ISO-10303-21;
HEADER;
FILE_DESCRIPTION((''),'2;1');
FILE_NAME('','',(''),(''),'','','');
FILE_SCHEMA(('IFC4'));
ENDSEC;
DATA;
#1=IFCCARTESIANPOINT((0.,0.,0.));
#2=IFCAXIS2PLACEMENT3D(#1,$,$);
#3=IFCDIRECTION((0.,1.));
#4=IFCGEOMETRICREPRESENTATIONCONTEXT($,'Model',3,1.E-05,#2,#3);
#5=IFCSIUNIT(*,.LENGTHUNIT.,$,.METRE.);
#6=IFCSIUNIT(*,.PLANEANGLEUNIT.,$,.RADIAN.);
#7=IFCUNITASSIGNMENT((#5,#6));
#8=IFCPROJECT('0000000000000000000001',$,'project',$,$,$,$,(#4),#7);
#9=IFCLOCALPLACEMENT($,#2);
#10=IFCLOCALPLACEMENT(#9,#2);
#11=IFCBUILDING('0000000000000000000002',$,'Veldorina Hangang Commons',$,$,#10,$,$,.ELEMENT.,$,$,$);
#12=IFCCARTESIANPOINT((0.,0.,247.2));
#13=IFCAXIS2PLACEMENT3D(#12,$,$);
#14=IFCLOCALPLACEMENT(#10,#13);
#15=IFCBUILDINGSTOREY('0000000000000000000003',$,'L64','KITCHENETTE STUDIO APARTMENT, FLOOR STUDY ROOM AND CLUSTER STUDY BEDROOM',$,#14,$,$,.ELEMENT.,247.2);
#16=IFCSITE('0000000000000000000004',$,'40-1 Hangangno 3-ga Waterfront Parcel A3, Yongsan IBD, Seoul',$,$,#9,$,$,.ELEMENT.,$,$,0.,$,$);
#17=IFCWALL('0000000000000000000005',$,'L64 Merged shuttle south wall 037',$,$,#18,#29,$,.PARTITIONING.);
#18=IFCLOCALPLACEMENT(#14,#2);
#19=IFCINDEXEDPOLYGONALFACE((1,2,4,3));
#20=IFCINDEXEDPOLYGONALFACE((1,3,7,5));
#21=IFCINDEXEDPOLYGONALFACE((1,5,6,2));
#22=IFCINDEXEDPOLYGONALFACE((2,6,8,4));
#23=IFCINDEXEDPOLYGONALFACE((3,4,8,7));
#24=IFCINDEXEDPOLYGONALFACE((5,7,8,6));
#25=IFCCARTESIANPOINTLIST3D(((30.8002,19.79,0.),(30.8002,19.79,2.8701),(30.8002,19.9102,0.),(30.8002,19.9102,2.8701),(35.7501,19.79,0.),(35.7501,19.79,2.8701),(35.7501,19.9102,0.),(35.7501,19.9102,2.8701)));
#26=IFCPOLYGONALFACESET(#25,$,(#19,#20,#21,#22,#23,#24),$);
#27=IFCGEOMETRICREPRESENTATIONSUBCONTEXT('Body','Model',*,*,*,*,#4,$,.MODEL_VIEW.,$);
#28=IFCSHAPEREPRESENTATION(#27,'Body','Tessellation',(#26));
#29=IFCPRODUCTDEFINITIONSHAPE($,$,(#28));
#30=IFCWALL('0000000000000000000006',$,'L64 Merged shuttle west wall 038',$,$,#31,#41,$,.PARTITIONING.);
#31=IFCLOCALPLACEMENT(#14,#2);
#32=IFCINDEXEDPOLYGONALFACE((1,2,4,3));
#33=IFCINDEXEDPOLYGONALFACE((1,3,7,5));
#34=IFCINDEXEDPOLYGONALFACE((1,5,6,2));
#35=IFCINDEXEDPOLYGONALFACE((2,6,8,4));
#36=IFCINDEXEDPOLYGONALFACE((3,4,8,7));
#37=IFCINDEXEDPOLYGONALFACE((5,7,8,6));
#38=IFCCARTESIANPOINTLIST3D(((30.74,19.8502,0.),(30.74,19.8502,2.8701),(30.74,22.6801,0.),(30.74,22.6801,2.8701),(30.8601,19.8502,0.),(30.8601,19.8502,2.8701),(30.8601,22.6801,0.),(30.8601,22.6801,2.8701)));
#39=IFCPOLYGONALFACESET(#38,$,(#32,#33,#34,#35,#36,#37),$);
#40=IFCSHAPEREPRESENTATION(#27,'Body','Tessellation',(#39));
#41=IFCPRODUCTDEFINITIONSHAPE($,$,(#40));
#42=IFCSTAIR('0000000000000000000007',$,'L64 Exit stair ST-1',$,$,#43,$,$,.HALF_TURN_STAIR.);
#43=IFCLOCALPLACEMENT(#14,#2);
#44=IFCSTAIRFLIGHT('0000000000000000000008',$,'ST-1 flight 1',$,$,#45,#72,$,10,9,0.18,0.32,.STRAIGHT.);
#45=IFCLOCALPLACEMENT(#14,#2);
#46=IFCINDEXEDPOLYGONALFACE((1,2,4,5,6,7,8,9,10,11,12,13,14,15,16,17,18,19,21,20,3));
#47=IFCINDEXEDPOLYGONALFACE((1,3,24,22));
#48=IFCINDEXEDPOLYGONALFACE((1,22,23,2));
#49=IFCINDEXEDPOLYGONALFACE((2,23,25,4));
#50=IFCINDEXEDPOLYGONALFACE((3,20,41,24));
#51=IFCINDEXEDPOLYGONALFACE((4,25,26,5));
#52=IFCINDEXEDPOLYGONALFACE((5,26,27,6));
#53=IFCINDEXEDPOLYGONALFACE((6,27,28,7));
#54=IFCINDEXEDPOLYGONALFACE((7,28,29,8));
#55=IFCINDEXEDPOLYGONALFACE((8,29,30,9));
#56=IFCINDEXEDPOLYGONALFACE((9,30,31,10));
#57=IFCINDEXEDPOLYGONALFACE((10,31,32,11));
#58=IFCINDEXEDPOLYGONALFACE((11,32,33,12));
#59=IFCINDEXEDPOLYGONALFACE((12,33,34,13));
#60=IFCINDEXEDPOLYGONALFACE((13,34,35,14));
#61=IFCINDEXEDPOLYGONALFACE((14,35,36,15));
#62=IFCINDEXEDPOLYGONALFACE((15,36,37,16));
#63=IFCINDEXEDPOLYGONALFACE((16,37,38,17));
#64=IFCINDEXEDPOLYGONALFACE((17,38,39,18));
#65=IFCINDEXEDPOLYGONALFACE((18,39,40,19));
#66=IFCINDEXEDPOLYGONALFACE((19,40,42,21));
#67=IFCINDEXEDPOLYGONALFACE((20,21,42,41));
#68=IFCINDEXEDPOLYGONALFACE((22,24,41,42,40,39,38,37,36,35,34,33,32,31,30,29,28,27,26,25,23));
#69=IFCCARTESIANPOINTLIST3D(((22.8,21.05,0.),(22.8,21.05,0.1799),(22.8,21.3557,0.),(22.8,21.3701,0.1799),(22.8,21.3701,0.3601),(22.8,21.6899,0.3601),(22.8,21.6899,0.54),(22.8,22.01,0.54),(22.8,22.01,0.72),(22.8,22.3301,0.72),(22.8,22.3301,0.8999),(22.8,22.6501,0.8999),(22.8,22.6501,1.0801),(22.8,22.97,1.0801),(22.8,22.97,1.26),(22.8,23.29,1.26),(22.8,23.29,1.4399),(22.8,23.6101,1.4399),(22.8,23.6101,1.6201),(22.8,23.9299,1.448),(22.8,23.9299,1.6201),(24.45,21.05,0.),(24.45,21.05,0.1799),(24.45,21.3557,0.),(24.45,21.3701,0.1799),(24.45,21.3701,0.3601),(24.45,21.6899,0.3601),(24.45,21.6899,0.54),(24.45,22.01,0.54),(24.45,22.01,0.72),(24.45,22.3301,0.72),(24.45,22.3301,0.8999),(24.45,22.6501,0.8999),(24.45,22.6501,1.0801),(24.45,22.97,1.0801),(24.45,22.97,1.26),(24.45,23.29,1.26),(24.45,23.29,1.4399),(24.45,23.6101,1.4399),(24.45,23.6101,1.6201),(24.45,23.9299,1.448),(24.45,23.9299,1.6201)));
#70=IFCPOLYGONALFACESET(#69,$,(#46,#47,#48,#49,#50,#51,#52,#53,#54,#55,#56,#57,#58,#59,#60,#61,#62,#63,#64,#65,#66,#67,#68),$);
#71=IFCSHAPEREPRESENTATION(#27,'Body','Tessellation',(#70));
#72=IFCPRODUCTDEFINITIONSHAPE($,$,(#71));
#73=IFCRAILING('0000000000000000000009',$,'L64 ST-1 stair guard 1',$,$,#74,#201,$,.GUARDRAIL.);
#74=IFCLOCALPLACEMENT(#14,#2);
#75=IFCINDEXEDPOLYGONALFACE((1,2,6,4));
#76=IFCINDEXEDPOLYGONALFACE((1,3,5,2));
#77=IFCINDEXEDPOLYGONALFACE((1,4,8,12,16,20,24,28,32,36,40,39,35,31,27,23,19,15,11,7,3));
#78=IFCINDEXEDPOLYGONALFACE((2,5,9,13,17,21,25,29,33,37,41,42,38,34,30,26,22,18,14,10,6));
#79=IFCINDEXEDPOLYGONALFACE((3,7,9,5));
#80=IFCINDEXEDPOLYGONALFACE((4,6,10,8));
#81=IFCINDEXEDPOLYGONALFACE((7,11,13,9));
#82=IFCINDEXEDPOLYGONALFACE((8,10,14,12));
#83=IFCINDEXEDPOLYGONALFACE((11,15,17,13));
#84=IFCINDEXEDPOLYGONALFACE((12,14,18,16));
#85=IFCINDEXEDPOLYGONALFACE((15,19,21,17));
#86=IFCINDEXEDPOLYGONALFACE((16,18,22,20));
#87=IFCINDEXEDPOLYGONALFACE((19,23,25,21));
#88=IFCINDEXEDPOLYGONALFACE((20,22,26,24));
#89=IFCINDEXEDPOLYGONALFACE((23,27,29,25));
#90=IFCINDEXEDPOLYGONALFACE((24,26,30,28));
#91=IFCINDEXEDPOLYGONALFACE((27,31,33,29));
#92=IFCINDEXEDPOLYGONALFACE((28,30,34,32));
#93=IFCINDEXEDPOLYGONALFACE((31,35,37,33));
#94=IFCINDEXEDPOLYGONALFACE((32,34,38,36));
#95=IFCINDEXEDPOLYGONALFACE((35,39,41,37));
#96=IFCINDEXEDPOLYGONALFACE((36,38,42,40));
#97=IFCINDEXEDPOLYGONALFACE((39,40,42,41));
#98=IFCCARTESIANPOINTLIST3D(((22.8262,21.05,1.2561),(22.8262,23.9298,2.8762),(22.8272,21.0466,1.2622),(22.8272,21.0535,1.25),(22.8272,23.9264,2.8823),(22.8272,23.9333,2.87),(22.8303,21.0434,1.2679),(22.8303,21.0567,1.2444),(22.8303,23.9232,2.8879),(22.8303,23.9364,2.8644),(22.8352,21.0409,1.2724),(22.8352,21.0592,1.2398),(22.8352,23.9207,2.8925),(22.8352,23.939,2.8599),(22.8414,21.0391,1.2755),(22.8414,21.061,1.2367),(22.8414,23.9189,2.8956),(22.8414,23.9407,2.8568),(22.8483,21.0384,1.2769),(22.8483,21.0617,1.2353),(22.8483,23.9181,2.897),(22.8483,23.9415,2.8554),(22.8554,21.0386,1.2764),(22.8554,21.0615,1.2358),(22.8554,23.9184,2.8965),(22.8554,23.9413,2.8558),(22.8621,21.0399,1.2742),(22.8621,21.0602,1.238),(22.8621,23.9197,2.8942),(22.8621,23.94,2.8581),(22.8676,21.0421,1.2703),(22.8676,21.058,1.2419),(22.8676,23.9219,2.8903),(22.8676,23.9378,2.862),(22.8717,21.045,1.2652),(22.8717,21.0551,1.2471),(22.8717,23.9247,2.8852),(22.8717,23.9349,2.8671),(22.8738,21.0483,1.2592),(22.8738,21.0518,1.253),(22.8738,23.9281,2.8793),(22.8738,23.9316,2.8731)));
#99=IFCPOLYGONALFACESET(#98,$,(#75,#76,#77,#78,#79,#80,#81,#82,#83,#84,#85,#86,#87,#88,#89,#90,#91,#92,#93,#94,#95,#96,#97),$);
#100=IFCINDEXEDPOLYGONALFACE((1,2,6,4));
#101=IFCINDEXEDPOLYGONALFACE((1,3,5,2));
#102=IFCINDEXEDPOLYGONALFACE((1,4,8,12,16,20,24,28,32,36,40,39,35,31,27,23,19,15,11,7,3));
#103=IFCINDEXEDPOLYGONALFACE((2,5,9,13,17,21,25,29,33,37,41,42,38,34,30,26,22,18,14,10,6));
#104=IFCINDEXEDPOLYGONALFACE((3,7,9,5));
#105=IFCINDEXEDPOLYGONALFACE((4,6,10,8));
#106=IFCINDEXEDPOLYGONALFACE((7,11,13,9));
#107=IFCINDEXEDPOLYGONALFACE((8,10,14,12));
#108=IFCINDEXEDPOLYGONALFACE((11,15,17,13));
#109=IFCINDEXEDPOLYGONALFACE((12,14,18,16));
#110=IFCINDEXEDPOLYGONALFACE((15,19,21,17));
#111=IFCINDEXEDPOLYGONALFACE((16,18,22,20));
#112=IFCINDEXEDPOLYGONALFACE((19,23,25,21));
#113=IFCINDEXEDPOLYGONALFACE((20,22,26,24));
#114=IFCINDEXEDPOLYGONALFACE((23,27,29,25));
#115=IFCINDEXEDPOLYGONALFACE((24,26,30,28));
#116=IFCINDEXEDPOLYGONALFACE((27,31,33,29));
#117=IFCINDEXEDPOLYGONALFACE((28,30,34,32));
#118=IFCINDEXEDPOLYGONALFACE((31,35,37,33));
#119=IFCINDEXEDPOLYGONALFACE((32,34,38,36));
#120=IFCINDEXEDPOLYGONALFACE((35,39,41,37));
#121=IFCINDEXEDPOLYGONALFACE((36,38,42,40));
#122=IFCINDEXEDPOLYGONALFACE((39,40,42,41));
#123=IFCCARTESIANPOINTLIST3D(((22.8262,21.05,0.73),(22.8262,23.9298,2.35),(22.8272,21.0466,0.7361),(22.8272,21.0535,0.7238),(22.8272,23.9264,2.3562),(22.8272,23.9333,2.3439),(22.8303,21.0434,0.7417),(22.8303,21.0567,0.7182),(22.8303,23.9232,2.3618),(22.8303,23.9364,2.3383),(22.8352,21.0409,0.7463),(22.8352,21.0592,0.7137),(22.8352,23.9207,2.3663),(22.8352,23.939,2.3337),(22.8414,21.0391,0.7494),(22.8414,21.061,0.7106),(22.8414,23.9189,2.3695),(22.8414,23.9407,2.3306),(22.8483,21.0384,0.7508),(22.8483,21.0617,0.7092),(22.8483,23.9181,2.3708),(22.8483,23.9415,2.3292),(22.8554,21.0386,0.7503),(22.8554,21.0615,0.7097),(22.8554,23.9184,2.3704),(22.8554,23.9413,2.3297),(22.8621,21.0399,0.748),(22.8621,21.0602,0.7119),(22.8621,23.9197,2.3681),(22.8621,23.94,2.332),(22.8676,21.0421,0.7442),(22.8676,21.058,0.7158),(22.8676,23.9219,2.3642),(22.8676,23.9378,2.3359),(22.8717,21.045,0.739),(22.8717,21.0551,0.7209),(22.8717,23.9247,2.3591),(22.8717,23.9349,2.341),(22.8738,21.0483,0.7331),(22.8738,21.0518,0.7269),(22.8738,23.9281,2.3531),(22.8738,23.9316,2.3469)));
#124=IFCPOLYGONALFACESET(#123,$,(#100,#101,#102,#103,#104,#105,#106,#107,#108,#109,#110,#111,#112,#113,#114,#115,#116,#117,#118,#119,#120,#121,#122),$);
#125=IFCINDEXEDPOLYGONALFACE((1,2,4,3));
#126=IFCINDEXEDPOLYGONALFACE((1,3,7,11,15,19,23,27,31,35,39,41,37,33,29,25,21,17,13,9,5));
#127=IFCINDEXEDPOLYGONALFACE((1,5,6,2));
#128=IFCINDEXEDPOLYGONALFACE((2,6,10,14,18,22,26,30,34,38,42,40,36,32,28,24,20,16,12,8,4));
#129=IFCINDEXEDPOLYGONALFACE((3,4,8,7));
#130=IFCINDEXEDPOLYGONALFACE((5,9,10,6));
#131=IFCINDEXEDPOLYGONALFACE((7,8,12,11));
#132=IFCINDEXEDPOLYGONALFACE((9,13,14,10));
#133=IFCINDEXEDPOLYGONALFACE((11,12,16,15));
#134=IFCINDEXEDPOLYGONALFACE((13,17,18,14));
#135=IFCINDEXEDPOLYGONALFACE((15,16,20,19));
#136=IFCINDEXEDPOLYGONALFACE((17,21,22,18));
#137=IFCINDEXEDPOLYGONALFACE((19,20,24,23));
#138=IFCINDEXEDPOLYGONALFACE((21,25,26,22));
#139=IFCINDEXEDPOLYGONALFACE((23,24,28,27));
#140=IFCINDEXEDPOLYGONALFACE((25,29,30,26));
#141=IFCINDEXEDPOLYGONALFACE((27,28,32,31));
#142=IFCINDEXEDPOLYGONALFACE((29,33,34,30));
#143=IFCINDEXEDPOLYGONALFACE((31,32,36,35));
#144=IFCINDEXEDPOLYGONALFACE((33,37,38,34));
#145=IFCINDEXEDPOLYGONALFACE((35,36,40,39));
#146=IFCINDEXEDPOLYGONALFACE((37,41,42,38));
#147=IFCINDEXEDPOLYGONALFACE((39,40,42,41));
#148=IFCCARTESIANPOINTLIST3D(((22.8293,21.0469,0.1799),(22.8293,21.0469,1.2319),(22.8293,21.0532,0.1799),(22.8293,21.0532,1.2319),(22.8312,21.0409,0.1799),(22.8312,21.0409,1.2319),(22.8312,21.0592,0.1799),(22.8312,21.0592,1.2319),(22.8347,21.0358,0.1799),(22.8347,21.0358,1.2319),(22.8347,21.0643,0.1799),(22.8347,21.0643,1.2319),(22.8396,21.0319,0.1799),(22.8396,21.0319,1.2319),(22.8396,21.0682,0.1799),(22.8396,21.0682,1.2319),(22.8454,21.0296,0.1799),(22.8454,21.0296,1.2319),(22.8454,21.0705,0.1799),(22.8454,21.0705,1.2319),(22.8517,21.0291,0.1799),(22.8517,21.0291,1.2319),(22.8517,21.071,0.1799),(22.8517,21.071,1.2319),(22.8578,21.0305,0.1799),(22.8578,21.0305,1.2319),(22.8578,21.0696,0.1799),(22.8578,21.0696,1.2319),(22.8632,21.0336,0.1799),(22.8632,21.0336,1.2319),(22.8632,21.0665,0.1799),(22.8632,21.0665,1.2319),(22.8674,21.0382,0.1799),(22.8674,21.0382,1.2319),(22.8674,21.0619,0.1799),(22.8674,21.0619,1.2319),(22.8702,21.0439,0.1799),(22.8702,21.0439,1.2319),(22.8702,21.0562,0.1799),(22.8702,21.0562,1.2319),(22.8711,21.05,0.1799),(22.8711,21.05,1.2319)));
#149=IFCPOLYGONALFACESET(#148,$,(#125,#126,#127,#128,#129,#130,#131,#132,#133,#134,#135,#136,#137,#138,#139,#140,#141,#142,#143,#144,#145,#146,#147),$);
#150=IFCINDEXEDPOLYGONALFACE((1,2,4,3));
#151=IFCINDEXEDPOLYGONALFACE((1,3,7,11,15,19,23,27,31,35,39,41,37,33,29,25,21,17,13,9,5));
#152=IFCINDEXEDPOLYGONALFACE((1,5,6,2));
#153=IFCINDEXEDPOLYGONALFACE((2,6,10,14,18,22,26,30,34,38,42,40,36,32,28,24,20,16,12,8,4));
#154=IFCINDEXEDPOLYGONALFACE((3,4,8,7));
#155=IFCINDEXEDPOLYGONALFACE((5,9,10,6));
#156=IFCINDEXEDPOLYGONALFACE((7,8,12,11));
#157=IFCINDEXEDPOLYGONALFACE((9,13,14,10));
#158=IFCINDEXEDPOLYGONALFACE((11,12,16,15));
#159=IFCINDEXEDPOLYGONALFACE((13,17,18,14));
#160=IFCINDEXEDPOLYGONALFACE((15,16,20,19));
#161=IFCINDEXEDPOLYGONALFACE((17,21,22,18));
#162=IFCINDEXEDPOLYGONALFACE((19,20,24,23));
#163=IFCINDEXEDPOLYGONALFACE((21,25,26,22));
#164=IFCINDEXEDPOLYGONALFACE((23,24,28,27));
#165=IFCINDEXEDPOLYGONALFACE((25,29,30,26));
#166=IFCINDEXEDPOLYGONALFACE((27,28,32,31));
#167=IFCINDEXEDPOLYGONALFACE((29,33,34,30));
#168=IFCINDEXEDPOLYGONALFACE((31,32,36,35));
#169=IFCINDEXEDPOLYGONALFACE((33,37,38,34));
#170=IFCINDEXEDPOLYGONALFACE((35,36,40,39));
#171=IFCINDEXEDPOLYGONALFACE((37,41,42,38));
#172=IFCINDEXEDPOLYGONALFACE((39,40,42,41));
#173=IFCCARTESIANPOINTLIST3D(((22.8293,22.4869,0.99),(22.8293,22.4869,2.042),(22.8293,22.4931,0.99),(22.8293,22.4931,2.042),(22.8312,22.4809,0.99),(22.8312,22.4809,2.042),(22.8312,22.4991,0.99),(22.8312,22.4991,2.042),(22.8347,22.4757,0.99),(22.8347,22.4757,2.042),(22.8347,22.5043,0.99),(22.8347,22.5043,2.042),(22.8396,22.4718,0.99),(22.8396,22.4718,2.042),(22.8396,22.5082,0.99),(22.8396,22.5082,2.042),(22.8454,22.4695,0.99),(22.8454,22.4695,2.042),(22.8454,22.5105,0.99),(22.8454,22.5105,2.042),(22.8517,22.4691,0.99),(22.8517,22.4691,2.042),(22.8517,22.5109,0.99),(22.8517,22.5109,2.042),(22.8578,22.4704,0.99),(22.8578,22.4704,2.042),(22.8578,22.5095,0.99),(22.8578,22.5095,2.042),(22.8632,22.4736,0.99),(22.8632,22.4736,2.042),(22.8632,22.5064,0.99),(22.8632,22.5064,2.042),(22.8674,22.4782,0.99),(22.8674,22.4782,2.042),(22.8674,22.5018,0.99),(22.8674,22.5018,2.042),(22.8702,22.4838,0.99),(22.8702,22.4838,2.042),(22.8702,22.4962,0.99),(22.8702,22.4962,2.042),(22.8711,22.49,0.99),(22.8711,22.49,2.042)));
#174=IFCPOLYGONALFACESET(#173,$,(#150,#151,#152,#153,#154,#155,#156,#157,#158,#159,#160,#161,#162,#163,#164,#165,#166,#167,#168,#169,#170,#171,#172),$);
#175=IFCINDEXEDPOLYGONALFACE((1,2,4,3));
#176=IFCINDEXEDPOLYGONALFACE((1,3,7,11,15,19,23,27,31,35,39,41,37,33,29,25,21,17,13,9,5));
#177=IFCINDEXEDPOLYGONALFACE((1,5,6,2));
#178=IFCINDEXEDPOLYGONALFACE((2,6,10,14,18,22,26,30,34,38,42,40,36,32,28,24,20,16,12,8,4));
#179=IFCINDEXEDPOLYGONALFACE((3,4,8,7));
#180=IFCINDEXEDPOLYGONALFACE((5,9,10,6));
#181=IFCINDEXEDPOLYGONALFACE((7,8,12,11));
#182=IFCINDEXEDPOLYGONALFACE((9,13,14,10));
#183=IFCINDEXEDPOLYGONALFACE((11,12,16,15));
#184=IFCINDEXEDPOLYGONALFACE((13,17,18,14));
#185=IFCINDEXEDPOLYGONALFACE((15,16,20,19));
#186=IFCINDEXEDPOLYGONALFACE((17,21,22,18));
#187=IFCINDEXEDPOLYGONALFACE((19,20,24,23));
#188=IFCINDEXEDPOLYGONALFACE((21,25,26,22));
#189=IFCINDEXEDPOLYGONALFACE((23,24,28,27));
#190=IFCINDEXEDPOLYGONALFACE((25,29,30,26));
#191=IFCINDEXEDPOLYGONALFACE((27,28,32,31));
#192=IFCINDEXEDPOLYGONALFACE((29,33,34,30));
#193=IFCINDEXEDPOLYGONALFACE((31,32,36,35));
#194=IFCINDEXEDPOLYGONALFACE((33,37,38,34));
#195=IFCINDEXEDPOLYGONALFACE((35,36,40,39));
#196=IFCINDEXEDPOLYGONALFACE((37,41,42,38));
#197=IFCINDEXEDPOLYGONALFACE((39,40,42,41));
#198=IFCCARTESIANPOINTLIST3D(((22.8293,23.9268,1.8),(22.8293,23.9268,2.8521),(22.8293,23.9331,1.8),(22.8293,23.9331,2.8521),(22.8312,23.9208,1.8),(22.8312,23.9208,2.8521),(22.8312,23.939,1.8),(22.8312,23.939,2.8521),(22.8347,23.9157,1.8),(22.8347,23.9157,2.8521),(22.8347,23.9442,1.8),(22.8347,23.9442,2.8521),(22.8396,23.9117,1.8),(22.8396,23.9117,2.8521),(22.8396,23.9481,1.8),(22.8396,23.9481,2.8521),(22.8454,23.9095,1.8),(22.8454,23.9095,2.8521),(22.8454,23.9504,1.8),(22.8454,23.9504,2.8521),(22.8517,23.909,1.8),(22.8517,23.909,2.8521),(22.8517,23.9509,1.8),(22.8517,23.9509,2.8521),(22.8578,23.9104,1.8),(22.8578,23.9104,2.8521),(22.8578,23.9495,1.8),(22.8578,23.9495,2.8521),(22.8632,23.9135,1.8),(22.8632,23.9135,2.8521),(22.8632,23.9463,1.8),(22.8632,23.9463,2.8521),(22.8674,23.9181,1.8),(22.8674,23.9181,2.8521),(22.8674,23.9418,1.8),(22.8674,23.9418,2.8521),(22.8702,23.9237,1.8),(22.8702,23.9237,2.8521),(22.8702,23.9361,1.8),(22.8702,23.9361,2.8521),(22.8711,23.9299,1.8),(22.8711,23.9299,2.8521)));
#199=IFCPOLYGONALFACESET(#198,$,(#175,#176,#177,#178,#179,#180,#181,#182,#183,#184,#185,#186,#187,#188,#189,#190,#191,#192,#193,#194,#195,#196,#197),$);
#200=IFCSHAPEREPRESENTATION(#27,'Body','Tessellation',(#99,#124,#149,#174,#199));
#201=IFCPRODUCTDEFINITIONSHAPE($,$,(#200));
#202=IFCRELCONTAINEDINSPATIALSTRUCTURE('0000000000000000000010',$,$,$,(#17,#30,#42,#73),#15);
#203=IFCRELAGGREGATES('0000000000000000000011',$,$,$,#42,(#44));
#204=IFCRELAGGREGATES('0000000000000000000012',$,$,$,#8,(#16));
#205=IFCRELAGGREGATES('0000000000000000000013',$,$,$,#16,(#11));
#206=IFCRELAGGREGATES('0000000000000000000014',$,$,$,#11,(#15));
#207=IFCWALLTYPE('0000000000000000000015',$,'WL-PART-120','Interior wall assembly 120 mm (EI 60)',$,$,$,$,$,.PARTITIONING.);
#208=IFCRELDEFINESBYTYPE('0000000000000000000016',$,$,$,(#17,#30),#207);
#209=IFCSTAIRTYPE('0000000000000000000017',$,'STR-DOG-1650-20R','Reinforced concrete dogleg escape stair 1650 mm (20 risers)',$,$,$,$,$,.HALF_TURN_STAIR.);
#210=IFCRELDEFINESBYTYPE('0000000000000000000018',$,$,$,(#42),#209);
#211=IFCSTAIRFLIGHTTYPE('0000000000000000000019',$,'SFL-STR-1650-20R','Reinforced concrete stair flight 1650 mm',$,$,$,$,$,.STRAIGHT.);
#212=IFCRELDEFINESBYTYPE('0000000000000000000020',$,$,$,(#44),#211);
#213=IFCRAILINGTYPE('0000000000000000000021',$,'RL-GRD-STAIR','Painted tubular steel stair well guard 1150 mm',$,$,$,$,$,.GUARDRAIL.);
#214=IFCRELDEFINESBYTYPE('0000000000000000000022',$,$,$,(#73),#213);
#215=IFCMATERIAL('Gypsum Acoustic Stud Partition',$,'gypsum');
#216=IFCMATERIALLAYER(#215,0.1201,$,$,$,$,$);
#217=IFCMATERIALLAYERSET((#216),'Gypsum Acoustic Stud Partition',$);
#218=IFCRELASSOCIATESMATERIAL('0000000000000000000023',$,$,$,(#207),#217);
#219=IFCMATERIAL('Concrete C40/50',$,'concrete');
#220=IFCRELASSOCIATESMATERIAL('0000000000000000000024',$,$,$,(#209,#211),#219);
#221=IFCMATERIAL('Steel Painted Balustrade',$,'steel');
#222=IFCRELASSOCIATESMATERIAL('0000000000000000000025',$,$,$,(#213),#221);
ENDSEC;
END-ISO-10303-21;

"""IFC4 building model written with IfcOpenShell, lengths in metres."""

from ifc_helpers import new_model, si_unit, direction, frame, frame_2d, origin, origin_2d, place, context, subcontext, project, spatial, polyline, rectangle, circle, outline, extrude, material, layer, layer_set, type_object, element, aggregate, save


model = new_model("IFC4")

# Units and contexts
model_context = context("Model", 3, precision=1e-05, world=origin(), true_north=direction((0.0, 1.0)))
body_context = subcontext(model_context, "Body", "Model", "MODEL_VIEW")
ifc_project = project(units=[si_unit("LENGTHUNIT", "METRE"), si_unit("PLANEANGLEUNIT", "RADIAN")], contexts=[model_context])

# Site, building, storey
site_placement = place(None, origin())
site = spatial("IfcSite", under=ifc_project, at=site_placement, Name="40-1 Hangangno 3-ga Waterfront Parcel A3, Yongsan IBD, Seoul", CompositionType="ELEMENT", RefElevation=0.0)
building_placement = place(site_placement, origin())
building = spatial("IfcBuilding", under=site, at=building_placement, Name="Veldorina Hangang Commons", CompositionType="ELEMENT")
storey_placement = place(building_placement, frame((0.0, 0.0, 247.2)))
storey = spatial("IfcBuildingStorey", under=building, at=storey_placement, Name="L64", Description="KITCHENETTE STUDIO APARTMENT, FLOOR STUDY ROOM AND CLUSTER STUDY BEDROOM", CompositionType="ELEMENT", Elevation=247.2)

# Shared definitions
ifc_material_1 = material(Name="Gypsum Acoustic Stud Partition", Category="gypsum")
ifc_layer_1 = layer(ifc_material_1, 0.1201)
ifc_layer_set_1 = layer_set([ifc_layer_1], Name="Gypsum Acoustic Stud Partition")
wall_type_1 = type_object("IfcWallType", Name="WL-PART-120", Description="Interior wall assembly 120 mm (EI 60)", PredefinedType="PARTITIONING", material=ifc_layer_set_1)

# Walls
wall_1_placement = place(storey_placement, frame((30.8, 19.8501, 0.0), z_axis=(0.0, 0.0, 1.0), x_axis=(1.0, 0.0, 0.0)))
element("IfcWall", 1, at=wall_1_placement, inside=storey, type_object=wall_type_1, Name="L64 Merged shuttle south wall 037", PredefinedType="PARTITIONING", context=body_context, shape_type="SweptSolid", body=[
    extrude(rectangle(XDim=4.95, YDim=0.1201, at=frame_2d((2.4751, 0.0))), origin(), (0.0, 0.0, 1.0), 2.8701),
])
wall_2_placement = place(storey_placement, frame((30.8, 19.8501, 0.0), z_axis=(0.0, 0.0, 1.0), x_axis=(0.0, 1.0, 0.0)))
element("IfcWall", 2, at=wall_2_placement, inside=storey, type_object=wall_type_1, Name="L64 Merged shuttle west wall 038", PredefinedType="PARTITIONING", context=body_context, shape_type="SweptSolid", body=[
    extrude(rectangle(XDim=2.8298, YDim=0.1201, at=frame_2d((1.415, 0.0))), origin(), (0.0, 0.0, 1.0), 2.8701),
])

# Stair, stair flight
ifc_material_2 = material(Name="Concrete C40/50", Category="concrete")
stair_type = type_object("IfcStairType", Name="STR-DOG-1650-20R", Description="Reinforced concrete dogleg escape stair 1650 mm (20 risers)", PredefinedType="HALF_TURN_STAIR", material=ifc_material_2)
stair_placement = place(storey_placement, origin())
stair = element("IfcStair", 3, at=stair_placement, inside=storey, type_object=stair_type, Name="L64 Exit stair ST-1", PredefinedType="HALF_TURN_STAIR")
stair_flight_type = type_object("IfcStairFlightType", Name="SFL-STR-1650-20R", Description="Reinforced concrete stair flight 1650 mm", PredefinedType="STRAIGHT", material=ifc_material_2)
stair_flight_placement = place(storey_placement, frame((23.625, 21.05, 0.0), z_axis=(0.0, 0.0, 1.0), x_axis=(0.0, 1.0, 0.0)))
stair_flight = element("IfcStairFlight", 4, at=stair_flight_placement, type_object=stair_flight_type, Name="ST-1 flight 1", NumberOfRisers=10, NumberOfTreads=9, PredefinedType="STRAIGHT", RiserHeight=0.18, TreadLength=0.32, context=body_context, shape_type="SweptSolid", body=[
    extrude(outline(polyline([(0.0, 0.0), (0.0, 0.1799), (0.3201, 0.1799), (0.3201, 0.3601), (0.6399, 0.3601), (0.6399, 0.54), (0.96, 0.54), (0.96, 0.72), (1.28, 0.72), (1.28, 0.8999), (1.6001, 0.8999), (1.6001, 1.0801), (1.9199, 1.0801), (1.9199, 1.26), (2.24, 1.26), (2.24, 1.4399), (2.5601, 1.4399), (2.5601, 1.6201), (2.8799, 1.6201), (2.8799, 1.8), (2.8799, 1.448), (0.3057, 0.0), (0.0, 0.0)])), frame((0.0, 0.825, 0.0), z_axis=(0.0, -1.0, 0.0), x_axis=(1.0, 0.0, 0.0)), (0.0, 0.0, 1.0), 1.6499),
])
aggregate(stair, [stair_flight])

# Railing
ifc_material_3 = material(Name="Steel Painted Balustrade", Category="steel")
railing_type_1 = type_object("IfcRailingType", Name="RL-GRD-STAIR", Description="Painted tubular steel stair well guard 1150 mm", PredefinedType="GUARDRAIL", material=ifc_material_3)
railing_1_placement = place(storey_placement, frame((22.8501, 21.05, 0.1799)))
element("IfcRailing", 5, at=railing_1_placement, inside=storey, type_object=railing_type_1, Name="L64 ST-1 stair guard 1", PredefinedType="GUARDRAIL", context=body_context, shape_type="SweptSolid", body=[
    extrude(circle(Radius=0.0239, at=origin_2d()), frame((0.0, 0.0, 1.0762), z_axis=(0.0, 0.871552, 0.490303), x_axis=(-1.0, 0.0, 0.0)), (0.0, 0.0, 1.0), 3.3042),
    extrude(circle(Radius=0.0239, at=origin_2d()), frame((0.0, 0.0, 0.55), z_axis=(0.0, 0.871552, 0.490303), x_axis=(-1.0, 0.0, 0.0)), (0.0, 0.0, 1.0), 3.3042),
    extrude(circle(Radius=0.021, at=origin_2d()), origin(), (0.0, 0.0, 1.0), 1.052),
    extrude(circle(Radius=0.021, at=origin_2d()), frame((0.0, 1.4399, 0.8101)), (0.0, 0.0, 1.0), 1.052),
    extrude(circle(Radius=0.021, at=origin_2d()), frame((0.0, 2.8799, 1.6201)), (0.0, 0.0, 1.0), 1.052),
])

save(model, "model.ifc")
